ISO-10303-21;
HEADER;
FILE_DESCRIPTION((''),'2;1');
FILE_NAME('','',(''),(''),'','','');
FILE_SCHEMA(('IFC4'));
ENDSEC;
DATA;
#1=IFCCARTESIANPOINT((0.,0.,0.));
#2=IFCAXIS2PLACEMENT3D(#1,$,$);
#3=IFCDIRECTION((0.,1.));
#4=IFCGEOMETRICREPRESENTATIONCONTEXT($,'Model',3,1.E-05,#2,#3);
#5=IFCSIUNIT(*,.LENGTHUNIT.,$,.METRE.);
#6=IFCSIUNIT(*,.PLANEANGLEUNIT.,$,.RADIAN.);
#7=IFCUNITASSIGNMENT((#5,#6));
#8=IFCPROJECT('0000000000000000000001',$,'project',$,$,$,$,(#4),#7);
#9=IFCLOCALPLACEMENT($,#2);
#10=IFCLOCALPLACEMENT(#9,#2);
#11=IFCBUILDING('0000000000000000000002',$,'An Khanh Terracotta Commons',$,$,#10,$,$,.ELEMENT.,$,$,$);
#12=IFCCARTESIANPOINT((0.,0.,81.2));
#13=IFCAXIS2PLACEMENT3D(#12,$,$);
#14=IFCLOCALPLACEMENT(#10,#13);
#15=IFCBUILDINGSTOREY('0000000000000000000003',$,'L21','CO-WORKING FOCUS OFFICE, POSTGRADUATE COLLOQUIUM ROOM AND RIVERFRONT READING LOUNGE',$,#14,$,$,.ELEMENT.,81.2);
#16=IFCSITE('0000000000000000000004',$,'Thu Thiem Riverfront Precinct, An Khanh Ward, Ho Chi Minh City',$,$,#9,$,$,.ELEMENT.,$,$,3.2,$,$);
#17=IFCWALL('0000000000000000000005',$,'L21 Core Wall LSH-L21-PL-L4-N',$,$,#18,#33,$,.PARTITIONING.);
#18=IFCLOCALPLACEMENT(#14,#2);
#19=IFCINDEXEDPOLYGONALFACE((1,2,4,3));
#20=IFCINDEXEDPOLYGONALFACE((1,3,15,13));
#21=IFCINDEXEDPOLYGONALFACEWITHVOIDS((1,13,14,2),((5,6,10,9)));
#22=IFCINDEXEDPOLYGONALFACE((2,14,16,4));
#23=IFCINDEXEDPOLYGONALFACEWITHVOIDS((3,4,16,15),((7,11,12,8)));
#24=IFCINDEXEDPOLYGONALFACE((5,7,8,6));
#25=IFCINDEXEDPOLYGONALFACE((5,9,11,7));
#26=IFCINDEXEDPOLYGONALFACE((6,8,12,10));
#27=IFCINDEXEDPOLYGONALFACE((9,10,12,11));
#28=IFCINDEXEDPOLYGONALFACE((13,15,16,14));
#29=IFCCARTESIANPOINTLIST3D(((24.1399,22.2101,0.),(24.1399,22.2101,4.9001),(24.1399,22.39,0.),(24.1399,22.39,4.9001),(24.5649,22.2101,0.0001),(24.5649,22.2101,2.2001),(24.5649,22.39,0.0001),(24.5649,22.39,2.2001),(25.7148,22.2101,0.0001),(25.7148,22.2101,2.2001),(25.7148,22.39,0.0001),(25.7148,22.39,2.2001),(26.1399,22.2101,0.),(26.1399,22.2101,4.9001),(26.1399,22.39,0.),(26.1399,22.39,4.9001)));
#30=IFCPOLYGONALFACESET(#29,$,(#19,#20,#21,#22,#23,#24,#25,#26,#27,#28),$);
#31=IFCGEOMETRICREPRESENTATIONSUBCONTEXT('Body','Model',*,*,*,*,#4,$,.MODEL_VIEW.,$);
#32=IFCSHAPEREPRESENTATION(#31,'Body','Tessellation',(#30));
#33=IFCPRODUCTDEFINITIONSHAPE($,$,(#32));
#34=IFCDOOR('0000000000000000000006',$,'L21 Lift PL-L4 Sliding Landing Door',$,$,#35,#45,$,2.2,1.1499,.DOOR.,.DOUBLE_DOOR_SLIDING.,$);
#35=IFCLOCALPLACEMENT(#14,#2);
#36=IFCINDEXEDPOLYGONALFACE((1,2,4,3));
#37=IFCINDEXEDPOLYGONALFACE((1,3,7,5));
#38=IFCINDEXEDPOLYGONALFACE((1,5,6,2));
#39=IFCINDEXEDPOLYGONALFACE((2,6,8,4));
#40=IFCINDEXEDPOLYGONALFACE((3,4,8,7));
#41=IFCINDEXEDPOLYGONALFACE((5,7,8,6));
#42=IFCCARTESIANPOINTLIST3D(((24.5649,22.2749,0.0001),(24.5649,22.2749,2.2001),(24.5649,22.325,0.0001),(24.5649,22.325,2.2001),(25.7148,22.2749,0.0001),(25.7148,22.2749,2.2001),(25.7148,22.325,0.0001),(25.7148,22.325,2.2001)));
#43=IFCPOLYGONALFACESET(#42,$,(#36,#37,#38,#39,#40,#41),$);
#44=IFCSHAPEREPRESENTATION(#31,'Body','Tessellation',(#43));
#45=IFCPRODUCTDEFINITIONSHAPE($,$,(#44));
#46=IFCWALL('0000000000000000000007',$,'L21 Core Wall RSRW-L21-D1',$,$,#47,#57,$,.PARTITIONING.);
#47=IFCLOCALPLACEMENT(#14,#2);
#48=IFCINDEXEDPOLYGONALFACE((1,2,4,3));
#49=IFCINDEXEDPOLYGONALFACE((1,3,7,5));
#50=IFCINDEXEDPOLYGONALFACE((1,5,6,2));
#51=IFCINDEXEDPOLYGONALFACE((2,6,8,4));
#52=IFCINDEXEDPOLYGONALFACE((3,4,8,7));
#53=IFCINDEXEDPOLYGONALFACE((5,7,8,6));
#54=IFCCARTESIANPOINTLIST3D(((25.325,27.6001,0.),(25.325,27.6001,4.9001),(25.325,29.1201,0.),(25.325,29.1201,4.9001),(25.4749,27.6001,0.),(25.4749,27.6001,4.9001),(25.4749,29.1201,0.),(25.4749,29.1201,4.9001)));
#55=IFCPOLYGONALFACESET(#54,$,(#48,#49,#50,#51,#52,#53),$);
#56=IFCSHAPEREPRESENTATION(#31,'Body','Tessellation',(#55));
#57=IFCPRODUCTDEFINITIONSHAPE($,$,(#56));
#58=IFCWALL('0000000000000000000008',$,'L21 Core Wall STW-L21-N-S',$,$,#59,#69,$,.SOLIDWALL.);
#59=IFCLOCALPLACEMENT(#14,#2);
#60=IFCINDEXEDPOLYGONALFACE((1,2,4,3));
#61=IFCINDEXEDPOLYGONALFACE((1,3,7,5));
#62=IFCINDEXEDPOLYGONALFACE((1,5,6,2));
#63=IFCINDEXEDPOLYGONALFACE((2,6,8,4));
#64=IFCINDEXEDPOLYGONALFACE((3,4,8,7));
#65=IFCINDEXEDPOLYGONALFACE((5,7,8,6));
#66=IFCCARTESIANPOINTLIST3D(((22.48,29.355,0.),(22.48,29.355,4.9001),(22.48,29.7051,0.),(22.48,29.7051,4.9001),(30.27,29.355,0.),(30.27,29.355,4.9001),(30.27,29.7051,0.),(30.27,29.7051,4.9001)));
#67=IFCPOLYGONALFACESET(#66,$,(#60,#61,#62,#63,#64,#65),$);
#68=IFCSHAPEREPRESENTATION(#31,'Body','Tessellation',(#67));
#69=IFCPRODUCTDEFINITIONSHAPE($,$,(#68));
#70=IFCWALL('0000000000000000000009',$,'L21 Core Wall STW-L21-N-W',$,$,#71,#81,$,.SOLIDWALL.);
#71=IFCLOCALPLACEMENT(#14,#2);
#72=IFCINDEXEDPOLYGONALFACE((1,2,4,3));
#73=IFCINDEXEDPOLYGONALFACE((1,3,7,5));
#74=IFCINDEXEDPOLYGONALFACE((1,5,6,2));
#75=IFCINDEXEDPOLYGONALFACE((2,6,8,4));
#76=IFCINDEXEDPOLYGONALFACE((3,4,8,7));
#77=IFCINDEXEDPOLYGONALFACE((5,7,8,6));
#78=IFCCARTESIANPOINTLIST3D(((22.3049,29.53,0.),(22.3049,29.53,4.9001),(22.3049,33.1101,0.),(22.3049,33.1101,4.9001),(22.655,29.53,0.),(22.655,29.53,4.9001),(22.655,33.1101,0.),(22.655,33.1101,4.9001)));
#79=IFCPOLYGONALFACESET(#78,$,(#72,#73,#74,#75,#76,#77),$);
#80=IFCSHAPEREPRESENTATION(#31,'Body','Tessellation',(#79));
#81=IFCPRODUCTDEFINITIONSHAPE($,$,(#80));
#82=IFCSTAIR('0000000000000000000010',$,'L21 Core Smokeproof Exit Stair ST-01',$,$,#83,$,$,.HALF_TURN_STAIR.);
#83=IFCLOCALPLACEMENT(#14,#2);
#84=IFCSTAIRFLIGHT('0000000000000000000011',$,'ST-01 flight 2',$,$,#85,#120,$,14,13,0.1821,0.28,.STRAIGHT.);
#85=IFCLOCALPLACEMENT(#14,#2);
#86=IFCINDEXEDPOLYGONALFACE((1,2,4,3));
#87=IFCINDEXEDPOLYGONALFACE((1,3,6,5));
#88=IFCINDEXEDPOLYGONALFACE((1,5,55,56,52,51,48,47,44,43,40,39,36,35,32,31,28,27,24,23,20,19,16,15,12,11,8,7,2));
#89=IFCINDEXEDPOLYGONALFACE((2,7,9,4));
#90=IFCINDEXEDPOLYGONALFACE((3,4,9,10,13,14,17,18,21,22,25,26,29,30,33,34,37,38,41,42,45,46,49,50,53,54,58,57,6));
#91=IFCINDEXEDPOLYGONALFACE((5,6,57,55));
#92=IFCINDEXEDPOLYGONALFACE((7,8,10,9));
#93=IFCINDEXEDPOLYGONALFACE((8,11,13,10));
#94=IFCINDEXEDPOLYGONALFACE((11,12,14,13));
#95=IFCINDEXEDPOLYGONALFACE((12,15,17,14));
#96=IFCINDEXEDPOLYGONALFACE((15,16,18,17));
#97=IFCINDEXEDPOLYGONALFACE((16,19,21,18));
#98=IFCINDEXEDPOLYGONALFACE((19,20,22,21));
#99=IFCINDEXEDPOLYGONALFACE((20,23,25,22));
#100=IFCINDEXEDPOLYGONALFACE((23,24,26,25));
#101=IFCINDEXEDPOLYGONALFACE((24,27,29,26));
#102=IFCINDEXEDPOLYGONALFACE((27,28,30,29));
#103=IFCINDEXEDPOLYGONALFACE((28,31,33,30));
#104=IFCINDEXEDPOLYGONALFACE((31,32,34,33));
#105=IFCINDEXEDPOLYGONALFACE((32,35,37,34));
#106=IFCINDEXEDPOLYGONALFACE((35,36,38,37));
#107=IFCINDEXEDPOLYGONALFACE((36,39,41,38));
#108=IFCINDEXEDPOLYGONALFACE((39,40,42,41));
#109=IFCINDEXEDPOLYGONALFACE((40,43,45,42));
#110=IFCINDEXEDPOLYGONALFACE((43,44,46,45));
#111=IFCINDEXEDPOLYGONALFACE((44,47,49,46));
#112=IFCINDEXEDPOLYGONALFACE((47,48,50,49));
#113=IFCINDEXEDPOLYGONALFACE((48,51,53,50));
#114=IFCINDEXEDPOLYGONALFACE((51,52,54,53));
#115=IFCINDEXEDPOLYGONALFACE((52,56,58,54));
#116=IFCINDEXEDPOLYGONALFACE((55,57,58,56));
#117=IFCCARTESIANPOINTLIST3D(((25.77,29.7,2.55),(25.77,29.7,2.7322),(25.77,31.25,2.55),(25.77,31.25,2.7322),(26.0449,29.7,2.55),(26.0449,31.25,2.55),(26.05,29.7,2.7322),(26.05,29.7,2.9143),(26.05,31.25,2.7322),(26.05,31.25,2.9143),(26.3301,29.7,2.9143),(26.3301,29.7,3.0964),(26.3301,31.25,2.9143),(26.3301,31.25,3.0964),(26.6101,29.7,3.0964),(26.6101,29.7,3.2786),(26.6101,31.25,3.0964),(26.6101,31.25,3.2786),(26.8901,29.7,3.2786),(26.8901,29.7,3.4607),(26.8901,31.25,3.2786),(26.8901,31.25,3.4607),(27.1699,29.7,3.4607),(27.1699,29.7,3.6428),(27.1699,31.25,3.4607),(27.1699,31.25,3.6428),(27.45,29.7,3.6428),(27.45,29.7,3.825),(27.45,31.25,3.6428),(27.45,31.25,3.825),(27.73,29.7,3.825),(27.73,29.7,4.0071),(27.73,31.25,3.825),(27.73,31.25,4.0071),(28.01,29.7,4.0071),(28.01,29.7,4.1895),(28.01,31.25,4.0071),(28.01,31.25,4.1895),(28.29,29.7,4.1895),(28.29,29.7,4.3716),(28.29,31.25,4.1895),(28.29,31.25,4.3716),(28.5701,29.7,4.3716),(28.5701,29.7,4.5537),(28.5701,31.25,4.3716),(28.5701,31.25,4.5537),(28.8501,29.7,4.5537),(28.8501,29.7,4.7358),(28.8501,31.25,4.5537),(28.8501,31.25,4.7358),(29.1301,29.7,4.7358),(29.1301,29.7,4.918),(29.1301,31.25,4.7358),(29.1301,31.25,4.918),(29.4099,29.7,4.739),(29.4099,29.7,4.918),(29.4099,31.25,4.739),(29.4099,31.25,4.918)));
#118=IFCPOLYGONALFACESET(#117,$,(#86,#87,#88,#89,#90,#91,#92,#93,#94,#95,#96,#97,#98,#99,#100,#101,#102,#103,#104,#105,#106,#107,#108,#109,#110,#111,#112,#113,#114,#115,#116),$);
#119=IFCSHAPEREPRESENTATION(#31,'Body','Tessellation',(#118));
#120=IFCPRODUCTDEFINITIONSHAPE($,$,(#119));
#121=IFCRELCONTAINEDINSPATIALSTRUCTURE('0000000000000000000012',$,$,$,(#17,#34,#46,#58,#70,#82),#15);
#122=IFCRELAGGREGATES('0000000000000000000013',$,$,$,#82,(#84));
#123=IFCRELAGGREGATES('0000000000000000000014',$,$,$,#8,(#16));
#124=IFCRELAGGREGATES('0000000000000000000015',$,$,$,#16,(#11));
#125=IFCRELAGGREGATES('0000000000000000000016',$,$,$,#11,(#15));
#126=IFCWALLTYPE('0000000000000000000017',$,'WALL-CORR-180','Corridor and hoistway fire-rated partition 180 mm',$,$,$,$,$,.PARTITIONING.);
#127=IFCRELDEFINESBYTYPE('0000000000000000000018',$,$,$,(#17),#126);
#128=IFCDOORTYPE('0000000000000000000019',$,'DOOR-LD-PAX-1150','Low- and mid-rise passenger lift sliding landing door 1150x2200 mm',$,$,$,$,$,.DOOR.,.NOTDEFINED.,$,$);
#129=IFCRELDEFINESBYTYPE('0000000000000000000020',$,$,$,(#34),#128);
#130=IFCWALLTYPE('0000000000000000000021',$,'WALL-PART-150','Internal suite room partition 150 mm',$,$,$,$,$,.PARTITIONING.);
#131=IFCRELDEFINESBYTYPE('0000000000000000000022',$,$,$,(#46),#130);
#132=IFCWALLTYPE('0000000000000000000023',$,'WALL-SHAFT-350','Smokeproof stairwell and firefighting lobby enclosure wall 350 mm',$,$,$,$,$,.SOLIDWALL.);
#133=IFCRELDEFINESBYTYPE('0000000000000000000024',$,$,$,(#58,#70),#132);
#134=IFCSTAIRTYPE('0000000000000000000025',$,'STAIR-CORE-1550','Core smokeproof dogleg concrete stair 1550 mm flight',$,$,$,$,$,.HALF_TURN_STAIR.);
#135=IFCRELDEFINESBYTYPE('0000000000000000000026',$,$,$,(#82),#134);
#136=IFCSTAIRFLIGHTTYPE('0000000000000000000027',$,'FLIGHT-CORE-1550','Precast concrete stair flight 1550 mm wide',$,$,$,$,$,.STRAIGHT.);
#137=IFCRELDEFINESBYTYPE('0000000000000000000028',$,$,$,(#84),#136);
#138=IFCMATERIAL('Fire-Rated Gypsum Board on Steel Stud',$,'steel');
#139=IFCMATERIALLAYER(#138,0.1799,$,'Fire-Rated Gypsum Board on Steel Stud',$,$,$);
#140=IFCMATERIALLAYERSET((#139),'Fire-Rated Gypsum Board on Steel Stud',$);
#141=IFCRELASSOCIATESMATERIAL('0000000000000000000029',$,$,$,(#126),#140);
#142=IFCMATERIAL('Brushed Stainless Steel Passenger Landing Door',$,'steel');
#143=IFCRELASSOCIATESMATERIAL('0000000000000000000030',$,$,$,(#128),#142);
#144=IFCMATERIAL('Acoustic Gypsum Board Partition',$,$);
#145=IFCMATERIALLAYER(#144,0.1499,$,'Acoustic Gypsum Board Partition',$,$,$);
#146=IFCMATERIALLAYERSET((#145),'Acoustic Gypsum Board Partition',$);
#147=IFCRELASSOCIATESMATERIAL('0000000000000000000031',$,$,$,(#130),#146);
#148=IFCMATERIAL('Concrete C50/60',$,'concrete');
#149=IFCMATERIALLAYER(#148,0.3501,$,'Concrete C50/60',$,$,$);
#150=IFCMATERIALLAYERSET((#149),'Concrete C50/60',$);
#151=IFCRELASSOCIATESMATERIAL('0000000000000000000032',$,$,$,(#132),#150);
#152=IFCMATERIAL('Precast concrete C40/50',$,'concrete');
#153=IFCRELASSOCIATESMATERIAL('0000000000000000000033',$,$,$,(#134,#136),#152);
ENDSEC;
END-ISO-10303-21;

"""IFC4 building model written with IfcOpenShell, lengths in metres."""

from ifc_helpers import new_model, si_unit, direction, frame, frame_2d, origin, place, context, subcontext, project, spatial, polyline, rectangle, outline, extrude, material, layer, layer_set, type_object, element, fill, aggregate, save


model = new_model("IFC4")

# Units and contexts
model_context = context("Model", 3, precision=1e-05, world=origin(), true_north=direction((0.0, 1.0)))
body_context = subcontext(model_context, "Body", "Model", "MODEL_VIEW")
ifc_project = project(units=[si_unit("LENGTHUNIT", "METRE"), si_unit("PLANEANGLEUNIT", "RADIAN")], contexts=[model_context])

# Site, building, storey
site_placement = place(None, origin())
site = spatial("IfcSite", under=ifc_project, at=site_placement, Name="Thu Thiem Riverfront Precinct, An Khanh Ward, Ho Chi Minh City", CompositionType="ELEMENT", RefElevation=3.2)
building_placement = place(site_placement, origin())
building = spatial("IfcBuilding", under=site, at=building_placement, Name="An Khanh Terracotta Commons", CompositionType="ELEMENT")
storey_placement = place(building_placement, frame((0.0, 0.0, 81.2)))
storey = spatial("IfcBuildingStorey", under=building, at=storey_placement, Name="L21", Description="CO-WORKING FOCUS OFFICE, POSTGRADUATE COLLOQUIUM ROOM AND RIVERFRONT READING LOUNGE", CompositionType="ELEMENT", Elevation=81.2)

# Shared definitions
ifc_material_1 = material(Name="Fire-Rated Gypsum Board on Steel Stud", Category="steel")
ifc_layer_1 = layer(ifc_material_1, 0.1799, Name="Fire-Rated Gypsum Board on Steel Stud")
ifc_layer_set_1 = layer_set([ifc_layer_1], Name="Fire-Rated Gypsum Board on Steel Stud")
wall_type_1 = type_object("IfcWallType", Name="WALL-CORR-180", Description="Corridor and hoistway fire-rated partition 180 mm", PredefinedType="PARTITIONING", material=ifc_layer_set_1)

# Shared definitions
ifc_material_2 = material(Name="Brushed Stainless Steel Passenger Landing Door", Category="steel")
door_type = type_object("IfcDoorType", Name="DOOR-LD-PAX-1150", Description="Low- and mid-rise passenger lift sliding landing door 1150x2200 mm", OperationType="NOTDEFINED", PredefinedType="DOOR", material=ifc_material_2)

# Wall, opening, door
wall_1_placement = place(storey_placement, frame((24.1399, 22.3, 0.0), z_axis=(0.0, 0.0, 1.0), x_axis=(1.0, 0.0, 0.0)))
wall_1 = element("IfcWall", 1, at=wall_1_placement, inside=storey, type_object=wall_type_1, Name="L21 Core Wall LSH-L21-PL-L4-N", PredefinedType="PARTITIONING", context=body_context, shape_type="SweptSolid", body=[
    extrude(rectangle(XDim=2.0, YDim=0.1799, at=frame_2d((1.0, 0.0))), origin(), (0.0, 0.0, 1.0), 4.9001),
])
opening_1_placement = place(wall_1_placement, frame((0.425, 0.0, 0.0)))
opening_1 = element("IfcOpeningElement", 2, at=opening_1_placement, cuts=wall_1, PredefinedType="OPENING", context=body_context, shape_type="SweptSolid", body=[
    extrude(rectangle(XDim=1.1499, YDim=2.2, at=frame_2d((0.575, 1.1001))), frame((0.0, 0.0999, 0.0), z_axis=(0.0, -1.0, 0.0), x_axis=(1.0, 0.0, 0.0)), (0.0, 0.0, 1.0), 0.2),
])
door_1_placement = place(opening_1_placement, origin())
door_1 = element("IfcDoor", 3, at=door_1_placement, inside=storey, type_object=door_type, Name="L21 Lift PL-L4 Sliding Landing Door", OperationType="DOUBLE_DOOR_SLIDING", OverallHeight=2.2, OverallWidth=1.1499, PredefinedType="DOOR", context=body_context, shape_type="SweptSolid", body=[
    extrude(rectangle(XDim=1.1499, YDim=2.2, at=frame_2d((0.575, 1.1001))), frame((0.0, 0.0249, 0.0), z_axis=(0.0, -1.0, 0.0), x_axis=(1.0, 0.0, 0.0)), (0.0, 0.0, 1.0), 0.05),
])
fill(opening_1, door_1)

# Walls
ifc_material_3 = material(Name="Acoustic Gypsum Board Partition")
ifc_layer_2 = layer(ifc_material_3, 0.1499, Name="Acoustic Gypsum Board Partition")
ifc_layer_set_2 = layer_set([ifc_layer_2], Name="Acoustic Gypsum Board Partition")
wall_type_2 = type_object("IfcWallType", Name="WALL-PART-150", Description="Internal suite room partition 150 mm", PredefinedType="PARTITIONING", material=ifc_layer_set_2)
wall_2_placement = place(storey_placement, frame((25.3999, 27.6001, 0.0), z_axis=(0.0, 0.0, 1.0), x_axis=(0.0, 1.0, 0.0)))
element("IfcWall", 4, at=wall_2_placement, inside=storey, type_object=wall_type_2, Name="L21 Core Wall RSRW-L21-D1", PredefinedType="PARTITIONING", context=body_context, shape_type="SweptSolid", body=[
    extrude(rectangle(XDim=1.52, YDim=0.1499, at=frame_2d((0.76, 0.0))), origin(), (0.0, 0.0, 1.0), 4.9001),
])
ifc_material_4 = material(Name="Concrete C50/60", Category="concrete")
ifc_layer_3 = layer(ifc_material_4, 0.3501, Name="Concrete C50/60")
ifc_layer_set_3 = layer_set([ifc_layer_3], Name="Concrete C50/60")
wall_type_3 = type_object("IfcWallType", Name="WALL-SHAFT-350", Description="Smokeproof stairwell and firefighting lobby enclosure wall 350 mm", PredefinedType="SOLIDWALL", material=ifc_layer_set_3)
wall_3_placement = place(storey_placement, frame((22.48, 29.53, 0.0), z_axis=(0.0, 0.0, 1.0), x_axis=(1.0, 0.0, 0.0)))
element("IfcWall", 5, at=wall_3_placement, inside=storey, type_object=wall_type_3, Name="L21 Core Wall STW-L21-N-S", PredefinedType="SOLIDWALL", context=body_context, shape_type="SweptSolid", body=[
    extrude(rectangle(XDim=7.79, YDim=0.3501, at=frame_2d((3.895, 0.0))), origin(), (0.0, 0.0, 1.0), 4.9001),
])
wall_4_placement = place(storey_placement, frame((22.48, 29.53, 0.0), z_axis=(0.0, 0.0, 1.0), x_axis=(0.0, 1.0, 0.0)))
element("IfcWall", 6, at=wall_4_placement, inside=storey, type_object=wall_type_3, Name="L21 Core Wall STW-L21-N-W", PredefinedType="SOLIDWALL", context=body_context, shape_type="SweptSolid", body=[
    extrude(rectangle(XDim=3.5801, YDim=0.3501, at=frame_2d((1.79, 0.0))), origin(), (0.0, 0.0, 1.0), 4.9001),
])

# Stair, stair flight
ifc_material_5 = material(Name="Precast concrete C40/50", Category="concrete")
stair_type = type_object("IfcStairType", Name="STAIR-CORE-1550", Description="Core smokeproof dogleg concrete stair 1550 mm flight", PredefinedType="HALF_TURN_STAIR", material=ifc_material_5)
stair_placement = place(storey_placement, origin())
stair = element("IfcStair", 7, at=stair_placement, inside=storey, type_object=stair_type, Name="L21 Core Smokeproof Exit Stair ST-01", PredefinedType="HALF_TURN_STAIR")
stair_flight_type = type_object("IfcStairFlightType", Name="FLIGHT-CORE-1550", Description="Precast concrete stair flight 1550 mm wide", PredefinedType="STRAIGHT", material=ifc_material_5)
stair_flight_placement = place(storey_placement, frame((25.77, 30.4751, 2.55), z_axis=(0.0, 0.0, 1.0), x_axis=(1.0, 0.0, 0.0)))
stair_flight = element("IfcStairFlight", 8, at=stair_flight_placement, type_object=stair_flight_type, Name="ST-01 flight 2", NumberOfRisers=14, NumberOfTreads=13, PredefinedType="STRAIGHT", RiserHeight=0.1821, TreadLength=0.28, context=body_context, shape_type="SweptSolid", body=[
    extrude(outline(polyline([(0.0, 0.0), (0.0, 0.1821), (0.28, 0.1821), (0.28, 0.3643), (0.5601, 0.3643), (0.5601, 0.5464), (0.8401, 0.5464), (0.8401, 0.7285), (1.1201, 0.7285), (1.1201, 0.9106), (1.3999, 0.9106), (1.3999, 1.0928), (1.6799, 1.0928), (1.6799, 1.2749), (1.96, 1.2749), (1.96, 1.457), (2.24, 1.457), (2.24, 1.6394), (2.52, 1.6394), (2.52, 1.8215), (2.8, 1.8215), (2.8, 2.0037), (3.0801, 2.0037), (3.0801, 2.1858), (3.3601, 2.1858), (3.3601, 2.3679), (3.6399, 2.3679), (3.6399, 2.55), (3.6399, 2.189), (0.2749, 0.0), (0.0, 0.0)])), frame((0.0, 0.7749, 0.0), z_axis=(0.0, -1.0, 0.0), x_axis=(1.0, 0.0, 0.0)), (0.0, 0.0, 1.0), 1.55),
])
aggregate(stair, [stair_flight])

save(model, "model.ifc")
